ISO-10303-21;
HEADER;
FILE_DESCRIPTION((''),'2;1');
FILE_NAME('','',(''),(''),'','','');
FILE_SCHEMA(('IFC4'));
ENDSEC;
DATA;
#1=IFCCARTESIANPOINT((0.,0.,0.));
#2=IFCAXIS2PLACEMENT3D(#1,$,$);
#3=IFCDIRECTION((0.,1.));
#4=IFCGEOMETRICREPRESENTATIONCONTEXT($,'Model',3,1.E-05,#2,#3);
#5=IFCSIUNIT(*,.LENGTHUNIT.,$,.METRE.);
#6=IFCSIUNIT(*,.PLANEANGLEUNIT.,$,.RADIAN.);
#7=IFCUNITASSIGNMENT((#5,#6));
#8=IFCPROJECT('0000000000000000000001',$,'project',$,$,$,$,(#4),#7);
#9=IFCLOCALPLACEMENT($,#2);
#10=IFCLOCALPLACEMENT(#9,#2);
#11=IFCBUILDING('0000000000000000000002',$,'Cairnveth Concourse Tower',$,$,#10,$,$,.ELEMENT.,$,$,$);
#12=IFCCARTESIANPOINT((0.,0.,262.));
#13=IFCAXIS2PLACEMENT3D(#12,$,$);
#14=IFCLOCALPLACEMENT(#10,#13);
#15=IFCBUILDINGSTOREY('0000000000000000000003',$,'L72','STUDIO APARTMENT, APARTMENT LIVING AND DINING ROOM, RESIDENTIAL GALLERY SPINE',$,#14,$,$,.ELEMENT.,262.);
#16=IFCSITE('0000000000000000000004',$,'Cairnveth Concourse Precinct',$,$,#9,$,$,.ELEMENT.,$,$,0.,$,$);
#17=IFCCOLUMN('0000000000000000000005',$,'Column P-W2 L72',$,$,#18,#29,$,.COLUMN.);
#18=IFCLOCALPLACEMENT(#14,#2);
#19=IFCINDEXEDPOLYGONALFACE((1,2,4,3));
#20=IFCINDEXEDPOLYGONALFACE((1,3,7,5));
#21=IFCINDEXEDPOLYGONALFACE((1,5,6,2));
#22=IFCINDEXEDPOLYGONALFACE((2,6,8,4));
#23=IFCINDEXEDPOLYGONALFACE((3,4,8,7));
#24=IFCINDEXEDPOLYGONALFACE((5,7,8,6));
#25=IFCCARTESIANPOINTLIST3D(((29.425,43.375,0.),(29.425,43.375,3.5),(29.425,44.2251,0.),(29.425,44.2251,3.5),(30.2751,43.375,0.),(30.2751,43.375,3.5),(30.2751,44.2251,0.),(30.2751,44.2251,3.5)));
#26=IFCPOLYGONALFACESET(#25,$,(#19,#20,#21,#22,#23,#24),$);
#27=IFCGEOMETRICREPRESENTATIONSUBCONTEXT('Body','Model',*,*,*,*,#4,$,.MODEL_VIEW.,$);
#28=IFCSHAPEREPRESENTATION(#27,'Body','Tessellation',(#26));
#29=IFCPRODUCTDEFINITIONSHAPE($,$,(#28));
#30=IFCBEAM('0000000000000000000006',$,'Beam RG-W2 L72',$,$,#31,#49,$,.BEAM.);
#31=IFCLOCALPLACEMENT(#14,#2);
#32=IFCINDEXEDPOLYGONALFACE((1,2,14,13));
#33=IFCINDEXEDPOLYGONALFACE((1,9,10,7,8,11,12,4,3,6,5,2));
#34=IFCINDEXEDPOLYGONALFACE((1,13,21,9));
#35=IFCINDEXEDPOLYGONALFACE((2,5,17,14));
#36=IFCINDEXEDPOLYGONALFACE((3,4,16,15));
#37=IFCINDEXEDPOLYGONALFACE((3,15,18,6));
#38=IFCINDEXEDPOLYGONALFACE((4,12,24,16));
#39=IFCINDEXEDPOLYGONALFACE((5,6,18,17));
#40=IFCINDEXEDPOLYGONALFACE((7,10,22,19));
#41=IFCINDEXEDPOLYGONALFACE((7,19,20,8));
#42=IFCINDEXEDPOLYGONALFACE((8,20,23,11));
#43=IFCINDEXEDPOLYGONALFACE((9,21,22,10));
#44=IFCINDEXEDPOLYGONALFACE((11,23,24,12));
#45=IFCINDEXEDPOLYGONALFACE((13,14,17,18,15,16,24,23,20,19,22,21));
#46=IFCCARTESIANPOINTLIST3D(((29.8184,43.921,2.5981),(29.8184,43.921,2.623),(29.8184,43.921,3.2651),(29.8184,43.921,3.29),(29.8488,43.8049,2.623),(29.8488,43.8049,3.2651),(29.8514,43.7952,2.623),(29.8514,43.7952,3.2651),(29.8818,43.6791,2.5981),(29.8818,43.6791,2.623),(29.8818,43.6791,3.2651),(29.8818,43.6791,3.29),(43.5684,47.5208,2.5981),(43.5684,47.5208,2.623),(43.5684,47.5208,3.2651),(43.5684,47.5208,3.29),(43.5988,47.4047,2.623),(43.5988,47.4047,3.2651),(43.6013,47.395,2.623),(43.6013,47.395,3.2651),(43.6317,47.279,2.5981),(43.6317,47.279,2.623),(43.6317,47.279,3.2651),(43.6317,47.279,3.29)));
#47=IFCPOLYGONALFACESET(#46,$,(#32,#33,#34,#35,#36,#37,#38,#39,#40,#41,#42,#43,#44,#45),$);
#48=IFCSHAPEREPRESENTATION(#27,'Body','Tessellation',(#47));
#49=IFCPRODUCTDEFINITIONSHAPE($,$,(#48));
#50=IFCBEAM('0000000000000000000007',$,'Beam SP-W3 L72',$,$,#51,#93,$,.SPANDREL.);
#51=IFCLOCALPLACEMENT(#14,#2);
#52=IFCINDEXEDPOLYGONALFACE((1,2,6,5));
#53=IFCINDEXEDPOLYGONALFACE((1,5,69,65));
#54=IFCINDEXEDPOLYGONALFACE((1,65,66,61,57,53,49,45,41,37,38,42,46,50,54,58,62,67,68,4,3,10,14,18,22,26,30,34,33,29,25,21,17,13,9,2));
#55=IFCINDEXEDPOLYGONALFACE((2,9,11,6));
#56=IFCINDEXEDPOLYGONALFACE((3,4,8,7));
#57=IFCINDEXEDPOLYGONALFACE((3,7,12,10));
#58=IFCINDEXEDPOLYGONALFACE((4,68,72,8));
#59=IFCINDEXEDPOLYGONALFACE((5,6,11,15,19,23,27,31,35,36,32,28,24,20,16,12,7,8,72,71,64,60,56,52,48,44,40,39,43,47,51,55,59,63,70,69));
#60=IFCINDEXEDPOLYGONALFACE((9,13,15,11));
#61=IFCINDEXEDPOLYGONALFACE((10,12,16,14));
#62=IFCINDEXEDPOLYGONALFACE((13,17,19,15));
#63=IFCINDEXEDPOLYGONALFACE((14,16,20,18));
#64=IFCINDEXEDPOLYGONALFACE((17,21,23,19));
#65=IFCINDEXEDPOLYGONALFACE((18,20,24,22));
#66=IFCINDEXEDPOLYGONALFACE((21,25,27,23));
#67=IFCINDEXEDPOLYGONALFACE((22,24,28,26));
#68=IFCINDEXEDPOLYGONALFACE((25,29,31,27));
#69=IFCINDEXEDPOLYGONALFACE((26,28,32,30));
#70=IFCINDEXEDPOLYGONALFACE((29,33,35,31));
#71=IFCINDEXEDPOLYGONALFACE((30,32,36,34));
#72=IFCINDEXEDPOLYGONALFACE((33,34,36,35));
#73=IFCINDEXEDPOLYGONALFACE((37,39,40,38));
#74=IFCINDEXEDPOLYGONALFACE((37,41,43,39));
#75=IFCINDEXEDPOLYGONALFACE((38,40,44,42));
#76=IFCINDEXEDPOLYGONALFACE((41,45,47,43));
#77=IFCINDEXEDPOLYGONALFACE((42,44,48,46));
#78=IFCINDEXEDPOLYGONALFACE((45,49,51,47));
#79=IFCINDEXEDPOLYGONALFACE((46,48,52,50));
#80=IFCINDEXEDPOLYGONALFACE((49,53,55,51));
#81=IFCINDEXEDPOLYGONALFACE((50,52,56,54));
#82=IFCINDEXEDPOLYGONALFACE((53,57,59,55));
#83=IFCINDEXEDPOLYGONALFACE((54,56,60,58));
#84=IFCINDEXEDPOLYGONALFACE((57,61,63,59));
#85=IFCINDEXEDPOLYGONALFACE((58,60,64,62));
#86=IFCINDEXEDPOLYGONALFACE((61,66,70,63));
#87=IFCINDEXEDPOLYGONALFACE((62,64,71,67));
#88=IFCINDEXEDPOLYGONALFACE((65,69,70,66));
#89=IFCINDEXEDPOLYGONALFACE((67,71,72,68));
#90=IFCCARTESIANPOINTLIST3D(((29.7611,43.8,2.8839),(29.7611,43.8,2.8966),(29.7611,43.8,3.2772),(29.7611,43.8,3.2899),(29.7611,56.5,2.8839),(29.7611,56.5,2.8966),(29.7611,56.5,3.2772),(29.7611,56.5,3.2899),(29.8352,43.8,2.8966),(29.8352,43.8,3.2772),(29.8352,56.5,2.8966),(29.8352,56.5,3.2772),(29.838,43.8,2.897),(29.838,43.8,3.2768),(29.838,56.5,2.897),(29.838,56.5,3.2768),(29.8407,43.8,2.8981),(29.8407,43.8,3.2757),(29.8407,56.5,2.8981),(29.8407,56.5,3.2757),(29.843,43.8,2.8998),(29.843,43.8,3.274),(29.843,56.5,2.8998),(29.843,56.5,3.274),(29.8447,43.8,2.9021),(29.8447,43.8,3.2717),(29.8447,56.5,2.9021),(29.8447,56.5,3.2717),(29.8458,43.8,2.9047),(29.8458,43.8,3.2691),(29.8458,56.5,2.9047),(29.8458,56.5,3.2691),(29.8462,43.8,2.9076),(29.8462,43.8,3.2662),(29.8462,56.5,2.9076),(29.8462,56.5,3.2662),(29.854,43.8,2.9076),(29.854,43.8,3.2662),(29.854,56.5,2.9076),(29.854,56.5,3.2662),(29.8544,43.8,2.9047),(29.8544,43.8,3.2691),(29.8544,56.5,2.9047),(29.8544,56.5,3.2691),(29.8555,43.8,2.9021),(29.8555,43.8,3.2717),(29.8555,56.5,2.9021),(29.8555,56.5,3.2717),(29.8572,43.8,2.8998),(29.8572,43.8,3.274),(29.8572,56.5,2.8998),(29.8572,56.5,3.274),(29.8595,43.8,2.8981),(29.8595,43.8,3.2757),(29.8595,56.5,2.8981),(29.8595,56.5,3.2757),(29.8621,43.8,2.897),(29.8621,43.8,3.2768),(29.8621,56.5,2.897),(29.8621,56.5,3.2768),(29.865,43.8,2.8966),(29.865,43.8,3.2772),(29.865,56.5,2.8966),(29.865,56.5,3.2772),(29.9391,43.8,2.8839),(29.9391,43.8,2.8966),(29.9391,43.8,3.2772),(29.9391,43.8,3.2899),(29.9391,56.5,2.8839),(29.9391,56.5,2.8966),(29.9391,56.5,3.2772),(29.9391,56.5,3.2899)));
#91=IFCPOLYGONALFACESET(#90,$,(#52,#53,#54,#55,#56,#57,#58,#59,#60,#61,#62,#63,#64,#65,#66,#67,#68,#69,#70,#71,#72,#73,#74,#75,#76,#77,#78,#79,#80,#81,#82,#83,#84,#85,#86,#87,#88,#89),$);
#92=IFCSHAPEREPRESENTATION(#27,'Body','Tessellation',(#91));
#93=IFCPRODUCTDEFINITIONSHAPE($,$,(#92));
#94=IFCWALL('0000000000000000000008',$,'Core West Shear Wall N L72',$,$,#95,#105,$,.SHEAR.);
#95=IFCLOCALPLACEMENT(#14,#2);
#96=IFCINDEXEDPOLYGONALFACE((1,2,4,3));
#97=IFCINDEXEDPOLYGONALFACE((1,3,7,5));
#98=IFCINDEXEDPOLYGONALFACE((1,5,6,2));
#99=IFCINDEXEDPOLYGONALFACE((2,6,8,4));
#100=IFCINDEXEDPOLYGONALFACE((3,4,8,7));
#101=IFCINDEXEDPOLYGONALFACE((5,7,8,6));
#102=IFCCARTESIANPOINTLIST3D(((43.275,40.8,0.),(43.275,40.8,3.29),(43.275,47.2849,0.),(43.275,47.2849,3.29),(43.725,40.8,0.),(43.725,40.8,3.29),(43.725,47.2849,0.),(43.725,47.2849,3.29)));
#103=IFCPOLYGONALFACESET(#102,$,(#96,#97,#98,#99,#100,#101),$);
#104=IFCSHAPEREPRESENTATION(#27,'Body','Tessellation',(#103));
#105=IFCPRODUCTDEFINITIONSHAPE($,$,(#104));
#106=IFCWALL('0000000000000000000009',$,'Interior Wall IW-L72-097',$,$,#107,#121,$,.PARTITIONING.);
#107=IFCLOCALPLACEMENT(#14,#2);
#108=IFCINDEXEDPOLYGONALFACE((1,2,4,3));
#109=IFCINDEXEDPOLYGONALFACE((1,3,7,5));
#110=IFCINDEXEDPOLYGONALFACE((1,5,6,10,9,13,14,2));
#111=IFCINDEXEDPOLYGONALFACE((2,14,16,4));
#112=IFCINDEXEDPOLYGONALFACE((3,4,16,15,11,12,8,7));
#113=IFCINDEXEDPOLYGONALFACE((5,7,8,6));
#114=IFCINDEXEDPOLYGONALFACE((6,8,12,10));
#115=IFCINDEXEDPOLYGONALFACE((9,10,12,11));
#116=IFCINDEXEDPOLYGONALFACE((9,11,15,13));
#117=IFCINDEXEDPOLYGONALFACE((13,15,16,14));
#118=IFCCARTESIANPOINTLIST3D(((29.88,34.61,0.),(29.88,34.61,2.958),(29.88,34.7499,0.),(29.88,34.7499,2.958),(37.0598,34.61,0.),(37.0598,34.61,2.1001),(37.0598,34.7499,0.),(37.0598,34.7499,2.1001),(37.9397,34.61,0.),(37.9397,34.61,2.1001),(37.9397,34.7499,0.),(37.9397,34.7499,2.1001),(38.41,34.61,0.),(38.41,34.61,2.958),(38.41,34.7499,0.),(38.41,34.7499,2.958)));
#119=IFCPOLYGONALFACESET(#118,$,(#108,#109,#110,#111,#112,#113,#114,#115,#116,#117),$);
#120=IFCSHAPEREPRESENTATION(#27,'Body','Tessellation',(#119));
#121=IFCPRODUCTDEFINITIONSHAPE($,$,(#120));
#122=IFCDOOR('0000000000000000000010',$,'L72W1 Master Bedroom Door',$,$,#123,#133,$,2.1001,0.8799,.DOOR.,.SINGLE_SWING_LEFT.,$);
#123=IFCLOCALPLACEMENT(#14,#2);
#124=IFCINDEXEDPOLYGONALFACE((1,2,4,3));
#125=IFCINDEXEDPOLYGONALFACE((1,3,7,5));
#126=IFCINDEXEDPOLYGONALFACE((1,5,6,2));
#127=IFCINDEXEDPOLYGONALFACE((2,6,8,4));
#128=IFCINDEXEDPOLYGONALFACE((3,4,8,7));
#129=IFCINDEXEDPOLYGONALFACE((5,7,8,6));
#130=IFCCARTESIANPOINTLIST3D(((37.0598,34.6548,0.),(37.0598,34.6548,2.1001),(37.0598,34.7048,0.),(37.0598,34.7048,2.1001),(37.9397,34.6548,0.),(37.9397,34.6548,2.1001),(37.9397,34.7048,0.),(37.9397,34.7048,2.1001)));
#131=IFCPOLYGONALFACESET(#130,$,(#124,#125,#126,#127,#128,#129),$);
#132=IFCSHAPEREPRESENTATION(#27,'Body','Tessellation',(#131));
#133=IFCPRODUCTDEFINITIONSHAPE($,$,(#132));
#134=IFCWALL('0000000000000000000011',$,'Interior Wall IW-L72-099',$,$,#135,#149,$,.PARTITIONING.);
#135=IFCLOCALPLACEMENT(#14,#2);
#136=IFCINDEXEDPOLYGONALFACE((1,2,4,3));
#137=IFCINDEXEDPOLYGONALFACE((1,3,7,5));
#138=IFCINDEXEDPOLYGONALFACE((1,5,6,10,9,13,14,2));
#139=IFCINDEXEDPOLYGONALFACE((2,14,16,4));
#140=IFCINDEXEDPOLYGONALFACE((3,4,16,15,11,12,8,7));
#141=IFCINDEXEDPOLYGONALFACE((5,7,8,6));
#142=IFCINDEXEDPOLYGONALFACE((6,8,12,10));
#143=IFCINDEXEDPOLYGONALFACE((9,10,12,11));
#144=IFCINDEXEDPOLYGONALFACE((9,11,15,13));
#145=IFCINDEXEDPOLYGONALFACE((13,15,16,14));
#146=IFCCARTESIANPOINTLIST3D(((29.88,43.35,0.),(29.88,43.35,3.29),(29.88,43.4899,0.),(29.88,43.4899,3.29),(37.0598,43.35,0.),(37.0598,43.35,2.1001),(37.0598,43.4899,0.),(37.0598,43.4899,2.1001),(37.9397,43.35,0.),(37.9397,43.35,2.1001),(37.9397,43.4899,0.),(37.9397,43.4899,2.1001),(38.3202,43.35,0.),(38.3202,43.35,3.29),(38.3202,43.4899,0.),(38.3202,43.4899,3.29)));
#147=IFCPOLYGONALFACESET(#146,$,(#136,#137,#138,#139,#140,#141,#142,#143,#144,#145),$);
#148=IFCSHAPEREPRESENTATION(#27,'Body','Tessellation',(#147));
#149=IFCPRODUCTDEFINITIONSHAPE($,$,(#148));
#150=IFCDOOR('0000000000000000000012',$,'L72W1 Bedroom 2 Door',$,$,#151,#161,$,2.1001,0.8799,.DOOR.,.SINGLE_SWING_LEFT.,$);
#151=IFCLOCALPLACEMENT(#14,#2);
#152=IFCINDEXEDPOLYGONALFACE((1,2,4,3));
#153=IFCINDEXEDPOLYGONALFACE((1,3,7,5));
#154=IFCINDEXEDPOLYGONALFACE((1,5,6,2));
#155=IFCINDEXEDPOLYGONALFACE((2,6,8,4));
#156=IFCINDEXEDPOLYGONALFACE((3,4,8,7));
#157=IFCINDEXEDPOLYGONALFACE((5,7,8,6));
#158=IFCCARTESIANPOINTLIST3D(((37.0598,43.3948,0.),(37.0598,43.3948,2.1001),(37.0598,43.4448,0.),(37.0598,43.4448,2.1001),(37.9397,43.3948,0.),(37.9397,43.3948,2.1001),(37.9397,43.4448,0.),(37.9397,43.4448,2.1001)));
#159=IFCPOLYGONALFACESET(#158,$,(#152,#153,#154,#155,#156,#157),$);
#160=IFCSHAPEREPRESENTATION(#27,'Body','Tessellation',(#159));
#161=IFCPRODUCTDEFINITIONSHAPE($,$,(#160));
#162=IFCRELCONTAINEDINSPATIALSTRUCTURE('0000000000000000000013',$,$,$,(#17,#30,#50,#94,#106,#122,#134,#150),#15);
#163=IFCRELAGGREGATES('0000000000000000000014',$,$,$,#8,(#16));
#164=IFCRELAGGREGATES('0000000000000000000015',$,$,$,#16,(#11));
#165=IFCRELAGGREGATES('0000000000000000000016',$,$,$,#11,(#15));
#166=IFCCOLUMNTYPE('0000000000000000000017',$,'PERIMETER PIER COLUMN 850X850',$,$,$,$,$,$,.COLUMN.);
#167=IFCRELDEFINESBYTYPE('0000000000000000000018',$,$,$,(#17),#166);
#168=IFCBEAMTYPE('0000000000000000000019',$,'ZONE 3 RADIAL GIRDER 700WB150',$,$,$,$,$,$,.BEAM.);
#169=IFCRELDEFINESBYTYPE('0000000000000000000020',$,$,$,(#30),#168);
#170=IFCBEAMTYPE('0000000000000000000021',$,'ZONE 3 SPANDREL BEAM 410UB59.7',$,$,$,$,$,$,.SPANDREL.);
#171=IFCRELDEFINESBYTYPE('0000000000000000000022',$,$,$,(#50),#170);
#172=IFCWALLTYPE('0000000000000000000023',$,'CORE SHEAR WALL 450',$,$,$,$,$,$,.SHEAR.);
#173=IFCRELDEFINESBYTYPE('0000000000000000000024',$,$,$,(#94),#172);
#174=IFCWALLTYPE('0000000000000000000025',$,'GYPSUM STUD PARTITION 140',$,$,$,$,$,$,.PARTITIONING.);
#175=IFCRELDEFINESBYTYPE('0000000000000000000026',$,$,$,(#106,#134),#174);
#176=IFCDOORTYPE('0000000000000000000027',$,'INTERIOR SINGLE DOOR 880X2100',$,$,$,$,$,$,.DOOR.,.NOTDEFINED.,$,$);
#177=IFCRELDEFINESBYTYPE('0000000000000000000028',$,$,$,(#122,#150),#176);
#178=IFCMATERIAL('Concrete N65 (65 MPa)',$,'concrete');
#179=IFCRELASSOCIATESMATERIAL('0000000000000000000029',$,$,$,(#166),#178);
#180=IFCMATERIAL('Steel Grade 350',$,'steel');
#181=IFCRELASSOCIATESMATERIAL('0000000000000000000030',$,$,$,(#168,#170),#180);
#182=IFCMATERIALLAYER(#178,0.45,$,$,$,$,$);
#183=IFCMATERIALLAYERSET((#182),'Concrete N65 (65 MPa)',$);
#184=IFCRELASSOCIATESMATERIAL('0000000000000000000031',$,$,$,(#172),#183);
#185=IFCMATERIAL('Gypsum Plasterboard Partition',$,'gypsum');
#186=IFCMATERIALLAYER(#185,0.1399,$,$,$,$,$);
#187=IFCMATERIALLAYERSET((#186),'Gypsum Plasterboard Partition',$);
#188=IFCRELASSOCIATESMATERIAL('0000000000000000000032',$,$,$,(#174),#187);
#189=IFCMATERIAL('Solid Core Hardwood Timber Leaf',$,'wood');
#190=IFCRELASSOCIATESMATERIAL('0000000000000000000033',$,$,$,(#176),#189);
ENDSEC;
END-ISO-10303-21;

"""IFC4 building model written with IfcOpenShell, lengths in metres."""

from ifc_helpers import new_model, si_unit, direction, frame, frame_2d, origin, origin_2d, place, context, subcontext, project, spatial, rectangle, i_section, extrude, material, layer, layer_set, material_profile, profile_set, type_object, element, fill, save


model = new_model("IFC4")

# Units and contexts
model_context = context("Model", 3, precision=1e-05, world=origin(), true_north=direction((0.0, 1.0)))
body_context = subcontext(model_context, "Body", "Model", "MODEL_VIEW")
ifc_project = project(units=[si_unit("LENGTHUNIT", "METRE"), si_unit("PLANEANGLEUNIT", "RADIAN")], contexts=[model_context])

# Site, building, storey
site_placement = place(None, origin())
site = spatial("IfcSite", under=ifc_project, at=site_placement, Name="Cairnveth Concourse Precinct", CompositionType="ELEMENT", RefElevation=0.0)
building_placement = place(site_placement, origin())
building = spatial("IfcBuilding", under=site, at=building_placement, Name="Cairnveth Concourse Tower", CompositionType="ELEMENT")
storey_placement = place(building_placement, frame((0.0, 0.0, 262.0)))
storey = spatial("IfcBuildingStorey", under=building, at=storey_placement, Name="L72", Description="STUDIO APARTMENT, APARTMENT LIVING AND DINING ROOM, RESIDENTIAL GALLERY SPINE", CompositionType="ELEMENT", Elevation=262.0)

# Column
ifc_material_1 = material(Name="Concrete N65 (65 MPa)", Category="concrete")
ifc_material_profile_1 = material_profile(ifc_material_1, rectangle(XDim=0.8501, YDim=0.8501, at=origin_2d()), Name="RC-COL-850x850")
ifc_profile_set_1 = profile_set([ifc_material_profile_1], Name="Concrete N65 (65 MPa)")
column_type = type_object("IfcColumnType", Name="PERIMETER PIER COLUMN 850X850", PredefinedType="COLUMN", material=ifc_profile_set_1)
column_placement = place(storey_placement, frame((29.8501, 43.8, 0.0), z_axis=(0.0, 0.0, 1.0), x_axis=(0.0, 1.0, 0.0)))
element("IfcColumn", 1, at=column_placement, inside=storey, type_object=column_type, Name="Column P-W2 L72", PredefinedType="COLUMN", context=body_context, shape_type="SweptSolid", body=[
    extrude(rectangle(XDim=0.8501, YDim=0.8501, at=origin_2d()), origin(), (0.0, 0.0, 1.0), 3.5),
])

# Beams
ifc_material_2 = material(Name="Steel Grade 350", Category="steel")
ifc_material_profile_2 = material_profile(ifc_material_2, i_section(OverallWidth=0.25, OverallDepth=0.6919, WebThickness=0.01, FlangeThickness=0.0249, at=origin_2d()), Name="700WB150")
ifc_profile_set_2 = profile_set([ifc_material_profile_2], Name="Steel Grade 350")
beam_type_1 = type_object("IfcBeamType", Name="ZONE 3 RADIAL GIRDER 700WB150", PredefinedType="BEAM", material=ifc_profile_set_2)
beam_1_placement = place(storey_placement, frame((29.8501, 43.8, 2.9441), z_axis=(0.967395, 0.253271, 0.0), x_axis=(-0.253271, 0.967395, 0.0)))
element("IfcBeam", 2, at=beam_1_placement, inside=storey, type_object=beam_type_1, Name="Beam RG-W2 L72", PredefinedType="BEAM", context=body_context, shape_type="SweptSolid", body=[
    extrude(i_section(OverallWidth=0.25, OverallDepth=0.6919, WebThickness=0.01, FlangeThickness=0.0249, at=origin_2d()), origin(), (0.0, 0.0, 1.0), 14.2134),
])
ifc_material_profile_3 = material_profile(ifc_material_2, i_section(OverallWidth=0.178, OverallDepth=0.406, WebThickness=0.0078, FlangeThickness=0.0127, FilletRadius=0.011, at=origin_2d()), Name="410UB59.7")
ifc_profile_set_3 = profile_set([ifc_material_profile_3], Name="Steel Grade 350")
beam_type_2 = type_object("IfcBeamType", Name="ZONE 3 SPANDREL BEAM 410UB59.7", PredefinedType="SPANDREL", material=ifc_profile_set_3)
beam_2_placement = place(storey_placement, frame((29.8501, 43.8, 3.0869), z_axis=(0.0, 1.0, 0.0), x_axis=(-1.0, 0.0, 0.0)))
element("IfcBeam", 3, at=beam_2_placement, inside=storey, type_object=beam_type_2, Name="Beam SP-W3 L72", PredefinedType="SPANDREL", context=body_context, shape_type="SweptSolid", body=[
    extrude(i_section(OverallWidth=0.178, OverallDepth=0.406, WebThickness=0.0078, FlangeThickness=0.0127, FilletRadius=0.011, at=origin_2d()), origin(), (0.0, 0.0, 1.0), 12.7),
])

# Wall
ifc_layer_1 = layer(ifc_material_1, 0.45)
ifc_layer_set_1 = layer_set([ifc_layer_1], Name="Concrete N65 (65 MPa)")
wall_type_1 = type_object("IfcWallType", Name="CORE SHEAR WALL 450", PredefinedType="SHEAR", material=ifc_layer_set_1)
wall_1_placement = place(storey_placement, frame((43.5, 40.8, 0.0), z_axis=(0.0, 0.0, 1.0), x_axis=(0.0, 1.0, 0.0)))
element("IfcWall", 4, at=wall_1_placement, inside=storey, type_object=wall_type_1, Name="Core West Shear Wall N L72", PredefinedType="SHEAR", context=body_context, shape_type="SweptSolid", body=[
    extrude(rectangle(XDim=6.4849, YDim=0.45, at=frame_2d((3.2424, 0.0))), origin(), (0.0, 0.0, 1.0), 3.29),
])

# Walls, openings, doors
ifc_material_3 = material(Name="Gypsum Plasterboard Partition", Category="gypsum")
ifc_layer_2 = layer(ifc_material_3, 0.1399)
ifc_layer_set_2 = layer_set([ifc_layer_2], Name="Gypsum Plasterboard Partition")
wall_type_2 = type_object("IfcWallType", Name="GYPSUM STUD PARTITION 140", PredefinedType="PARTITIONING", material=ifc_layer_set_2)
wall_2_placement = place(storey_placement, frame((29.8799, 34.6799, 0.0), z_axis=(0.0, 0.0, 1.0), x_axis=(1.0, 0.0, 0.0)))
wall_2 = element("IfcWall", 5, at=wall_2_placement, inside=storey, type_object=wall_type_2, Name="Interior Wall IW-L72-097", PredefinedType="PARTITIONING", context=body_context, shape_type="SweptSolid", body=[
    extrude(rectangle(XDim=8.53, YDim=0.1399, at=frame_2d((4.2651, 0.0))), origin(), (0.0, 0.0, 1.0), 2.958),
])
opening_1_placement = place(wall_2_placement, frame((7.1799, 0.0, 0.0)))
opening_1 = element("IfcOpeningElement", 6, at=opening_1_placement, cuts=wall_2, PredefinedType="OPENING", context=body_context, shape_type="SweptSolid", body=[
    extrude(rectangle(XDim=0.8799, YDim=2.1001, at=frame_2d((0.4399, 1.05))), frame((0.0, 0.0798, 0.0), z_axis=(0.0, -1.0, 0.0), x_axis=(1.0, 0.0, 0.0)), (0.0, 0.0, 1.0), 0.1599),
])
ifc_material_4 = material(Name="Solid Core Hardwood Timber Leaf", Category="wood")
door_type_1 = type_object("IfcDoorType", Name="INTERIOR SINGLE DOOR 880X2100", OperationType="NOTDEFINED", PredefinedType="DOOR", material=ifc_material_4)
door_1_placement = place(opening_1_placement, origin())
door_1 = element("IfcDoor", 7, at=door_1_placement, inside=storey, type_object=door_type_1, Name="L72W1 Master Bedroom Door", OperationType="SINGLE_SWING_LEFT", OverallHeight=2.1001, OverallWidth=0.8799, PredefinedType="DOOR", context=body_context, shape_type="SweptSolid", body=[
    extrude(rectangle(XDim=0.8799, YDim=2.1001, at=frame_2d((0.4399, 1.05))), frame((0.0, 0.0249, 0.0), z_axis=(0.0, -1.0, 0.0), x_axis=(1.0, 0.0, 0.0)), (0.0, 0.0, 1.0), 0.05),
])
fill(opening_1, door_1)
wall_3_placement = place(storey_placement, frame((29.8799, 43.4199, 0.0), z_axis=(0.0, 0.0, 1.0), x_axis=(1.0, 0.0, 0.0)))
wall_3 = element("IfcWall", 8, at=wall_3_placement, inside=storey, type_object=wall_type_2, Name="Interior Wall IW-L72-099", PredefinedType="PARTITIONING", context=body_context, shape_type="SweptSolid", body=[
    extrude(rectangle(XDim=8.4402, YDim=0.1399, at=frame_2d((4.2202, 0.0))), origin(), (0.0, 0.0, 1.0), 3.29),
])
opening_2_placement = place(wall_3_placement, frame((7.1799, 0.0, 0.0)))
opening_2 = element("IfcOpeningElement", 9, at=opening_2_placement, cuts=wall_3, PredefinedType="OPENING", context=body_context, shape_type="SweptSolid", body=[
    extrude(rectangle(XDim=0.8799, YDim=2.1001, at=frame_2d((0.4399, 1.05))), frame((0.0, 0.0798, 0.0), z_axis=(0.0, -1.0, 0.0), x_axis=(1.0, 0.0, 0.0)), (0.0, 0.0, 1.0), 0.1599),
])
door_2_placement = place(opening_2_placement, origin())
door_2 = element("IfcDoor", 10, at=door_2_placement, inside=storey, type_object=door_type_1, Name="L72W1 Bedroom 2 Door", OperationType="SINGLE_SWING_LEFT", OverallHeight=2.1001, OverallWidth=0.8799, PredefinedType="DOOR", context=body_context, shape_type="SweptSolid", body=[
    extrude(rectangle(XDim=0.8799, YDim=2.1001, at=frame_2d((0.4399, 1.05))), frame((0.0, 0.0249, 0.0), z_axis=(0.0, -1.0, 0.0), x_axis=(1.0, 0.0, 0.0)), (0.0, 0.0, 1.0), 0.05),
])
fill(opening_2, door_2)

save(model, "model.ifc")
